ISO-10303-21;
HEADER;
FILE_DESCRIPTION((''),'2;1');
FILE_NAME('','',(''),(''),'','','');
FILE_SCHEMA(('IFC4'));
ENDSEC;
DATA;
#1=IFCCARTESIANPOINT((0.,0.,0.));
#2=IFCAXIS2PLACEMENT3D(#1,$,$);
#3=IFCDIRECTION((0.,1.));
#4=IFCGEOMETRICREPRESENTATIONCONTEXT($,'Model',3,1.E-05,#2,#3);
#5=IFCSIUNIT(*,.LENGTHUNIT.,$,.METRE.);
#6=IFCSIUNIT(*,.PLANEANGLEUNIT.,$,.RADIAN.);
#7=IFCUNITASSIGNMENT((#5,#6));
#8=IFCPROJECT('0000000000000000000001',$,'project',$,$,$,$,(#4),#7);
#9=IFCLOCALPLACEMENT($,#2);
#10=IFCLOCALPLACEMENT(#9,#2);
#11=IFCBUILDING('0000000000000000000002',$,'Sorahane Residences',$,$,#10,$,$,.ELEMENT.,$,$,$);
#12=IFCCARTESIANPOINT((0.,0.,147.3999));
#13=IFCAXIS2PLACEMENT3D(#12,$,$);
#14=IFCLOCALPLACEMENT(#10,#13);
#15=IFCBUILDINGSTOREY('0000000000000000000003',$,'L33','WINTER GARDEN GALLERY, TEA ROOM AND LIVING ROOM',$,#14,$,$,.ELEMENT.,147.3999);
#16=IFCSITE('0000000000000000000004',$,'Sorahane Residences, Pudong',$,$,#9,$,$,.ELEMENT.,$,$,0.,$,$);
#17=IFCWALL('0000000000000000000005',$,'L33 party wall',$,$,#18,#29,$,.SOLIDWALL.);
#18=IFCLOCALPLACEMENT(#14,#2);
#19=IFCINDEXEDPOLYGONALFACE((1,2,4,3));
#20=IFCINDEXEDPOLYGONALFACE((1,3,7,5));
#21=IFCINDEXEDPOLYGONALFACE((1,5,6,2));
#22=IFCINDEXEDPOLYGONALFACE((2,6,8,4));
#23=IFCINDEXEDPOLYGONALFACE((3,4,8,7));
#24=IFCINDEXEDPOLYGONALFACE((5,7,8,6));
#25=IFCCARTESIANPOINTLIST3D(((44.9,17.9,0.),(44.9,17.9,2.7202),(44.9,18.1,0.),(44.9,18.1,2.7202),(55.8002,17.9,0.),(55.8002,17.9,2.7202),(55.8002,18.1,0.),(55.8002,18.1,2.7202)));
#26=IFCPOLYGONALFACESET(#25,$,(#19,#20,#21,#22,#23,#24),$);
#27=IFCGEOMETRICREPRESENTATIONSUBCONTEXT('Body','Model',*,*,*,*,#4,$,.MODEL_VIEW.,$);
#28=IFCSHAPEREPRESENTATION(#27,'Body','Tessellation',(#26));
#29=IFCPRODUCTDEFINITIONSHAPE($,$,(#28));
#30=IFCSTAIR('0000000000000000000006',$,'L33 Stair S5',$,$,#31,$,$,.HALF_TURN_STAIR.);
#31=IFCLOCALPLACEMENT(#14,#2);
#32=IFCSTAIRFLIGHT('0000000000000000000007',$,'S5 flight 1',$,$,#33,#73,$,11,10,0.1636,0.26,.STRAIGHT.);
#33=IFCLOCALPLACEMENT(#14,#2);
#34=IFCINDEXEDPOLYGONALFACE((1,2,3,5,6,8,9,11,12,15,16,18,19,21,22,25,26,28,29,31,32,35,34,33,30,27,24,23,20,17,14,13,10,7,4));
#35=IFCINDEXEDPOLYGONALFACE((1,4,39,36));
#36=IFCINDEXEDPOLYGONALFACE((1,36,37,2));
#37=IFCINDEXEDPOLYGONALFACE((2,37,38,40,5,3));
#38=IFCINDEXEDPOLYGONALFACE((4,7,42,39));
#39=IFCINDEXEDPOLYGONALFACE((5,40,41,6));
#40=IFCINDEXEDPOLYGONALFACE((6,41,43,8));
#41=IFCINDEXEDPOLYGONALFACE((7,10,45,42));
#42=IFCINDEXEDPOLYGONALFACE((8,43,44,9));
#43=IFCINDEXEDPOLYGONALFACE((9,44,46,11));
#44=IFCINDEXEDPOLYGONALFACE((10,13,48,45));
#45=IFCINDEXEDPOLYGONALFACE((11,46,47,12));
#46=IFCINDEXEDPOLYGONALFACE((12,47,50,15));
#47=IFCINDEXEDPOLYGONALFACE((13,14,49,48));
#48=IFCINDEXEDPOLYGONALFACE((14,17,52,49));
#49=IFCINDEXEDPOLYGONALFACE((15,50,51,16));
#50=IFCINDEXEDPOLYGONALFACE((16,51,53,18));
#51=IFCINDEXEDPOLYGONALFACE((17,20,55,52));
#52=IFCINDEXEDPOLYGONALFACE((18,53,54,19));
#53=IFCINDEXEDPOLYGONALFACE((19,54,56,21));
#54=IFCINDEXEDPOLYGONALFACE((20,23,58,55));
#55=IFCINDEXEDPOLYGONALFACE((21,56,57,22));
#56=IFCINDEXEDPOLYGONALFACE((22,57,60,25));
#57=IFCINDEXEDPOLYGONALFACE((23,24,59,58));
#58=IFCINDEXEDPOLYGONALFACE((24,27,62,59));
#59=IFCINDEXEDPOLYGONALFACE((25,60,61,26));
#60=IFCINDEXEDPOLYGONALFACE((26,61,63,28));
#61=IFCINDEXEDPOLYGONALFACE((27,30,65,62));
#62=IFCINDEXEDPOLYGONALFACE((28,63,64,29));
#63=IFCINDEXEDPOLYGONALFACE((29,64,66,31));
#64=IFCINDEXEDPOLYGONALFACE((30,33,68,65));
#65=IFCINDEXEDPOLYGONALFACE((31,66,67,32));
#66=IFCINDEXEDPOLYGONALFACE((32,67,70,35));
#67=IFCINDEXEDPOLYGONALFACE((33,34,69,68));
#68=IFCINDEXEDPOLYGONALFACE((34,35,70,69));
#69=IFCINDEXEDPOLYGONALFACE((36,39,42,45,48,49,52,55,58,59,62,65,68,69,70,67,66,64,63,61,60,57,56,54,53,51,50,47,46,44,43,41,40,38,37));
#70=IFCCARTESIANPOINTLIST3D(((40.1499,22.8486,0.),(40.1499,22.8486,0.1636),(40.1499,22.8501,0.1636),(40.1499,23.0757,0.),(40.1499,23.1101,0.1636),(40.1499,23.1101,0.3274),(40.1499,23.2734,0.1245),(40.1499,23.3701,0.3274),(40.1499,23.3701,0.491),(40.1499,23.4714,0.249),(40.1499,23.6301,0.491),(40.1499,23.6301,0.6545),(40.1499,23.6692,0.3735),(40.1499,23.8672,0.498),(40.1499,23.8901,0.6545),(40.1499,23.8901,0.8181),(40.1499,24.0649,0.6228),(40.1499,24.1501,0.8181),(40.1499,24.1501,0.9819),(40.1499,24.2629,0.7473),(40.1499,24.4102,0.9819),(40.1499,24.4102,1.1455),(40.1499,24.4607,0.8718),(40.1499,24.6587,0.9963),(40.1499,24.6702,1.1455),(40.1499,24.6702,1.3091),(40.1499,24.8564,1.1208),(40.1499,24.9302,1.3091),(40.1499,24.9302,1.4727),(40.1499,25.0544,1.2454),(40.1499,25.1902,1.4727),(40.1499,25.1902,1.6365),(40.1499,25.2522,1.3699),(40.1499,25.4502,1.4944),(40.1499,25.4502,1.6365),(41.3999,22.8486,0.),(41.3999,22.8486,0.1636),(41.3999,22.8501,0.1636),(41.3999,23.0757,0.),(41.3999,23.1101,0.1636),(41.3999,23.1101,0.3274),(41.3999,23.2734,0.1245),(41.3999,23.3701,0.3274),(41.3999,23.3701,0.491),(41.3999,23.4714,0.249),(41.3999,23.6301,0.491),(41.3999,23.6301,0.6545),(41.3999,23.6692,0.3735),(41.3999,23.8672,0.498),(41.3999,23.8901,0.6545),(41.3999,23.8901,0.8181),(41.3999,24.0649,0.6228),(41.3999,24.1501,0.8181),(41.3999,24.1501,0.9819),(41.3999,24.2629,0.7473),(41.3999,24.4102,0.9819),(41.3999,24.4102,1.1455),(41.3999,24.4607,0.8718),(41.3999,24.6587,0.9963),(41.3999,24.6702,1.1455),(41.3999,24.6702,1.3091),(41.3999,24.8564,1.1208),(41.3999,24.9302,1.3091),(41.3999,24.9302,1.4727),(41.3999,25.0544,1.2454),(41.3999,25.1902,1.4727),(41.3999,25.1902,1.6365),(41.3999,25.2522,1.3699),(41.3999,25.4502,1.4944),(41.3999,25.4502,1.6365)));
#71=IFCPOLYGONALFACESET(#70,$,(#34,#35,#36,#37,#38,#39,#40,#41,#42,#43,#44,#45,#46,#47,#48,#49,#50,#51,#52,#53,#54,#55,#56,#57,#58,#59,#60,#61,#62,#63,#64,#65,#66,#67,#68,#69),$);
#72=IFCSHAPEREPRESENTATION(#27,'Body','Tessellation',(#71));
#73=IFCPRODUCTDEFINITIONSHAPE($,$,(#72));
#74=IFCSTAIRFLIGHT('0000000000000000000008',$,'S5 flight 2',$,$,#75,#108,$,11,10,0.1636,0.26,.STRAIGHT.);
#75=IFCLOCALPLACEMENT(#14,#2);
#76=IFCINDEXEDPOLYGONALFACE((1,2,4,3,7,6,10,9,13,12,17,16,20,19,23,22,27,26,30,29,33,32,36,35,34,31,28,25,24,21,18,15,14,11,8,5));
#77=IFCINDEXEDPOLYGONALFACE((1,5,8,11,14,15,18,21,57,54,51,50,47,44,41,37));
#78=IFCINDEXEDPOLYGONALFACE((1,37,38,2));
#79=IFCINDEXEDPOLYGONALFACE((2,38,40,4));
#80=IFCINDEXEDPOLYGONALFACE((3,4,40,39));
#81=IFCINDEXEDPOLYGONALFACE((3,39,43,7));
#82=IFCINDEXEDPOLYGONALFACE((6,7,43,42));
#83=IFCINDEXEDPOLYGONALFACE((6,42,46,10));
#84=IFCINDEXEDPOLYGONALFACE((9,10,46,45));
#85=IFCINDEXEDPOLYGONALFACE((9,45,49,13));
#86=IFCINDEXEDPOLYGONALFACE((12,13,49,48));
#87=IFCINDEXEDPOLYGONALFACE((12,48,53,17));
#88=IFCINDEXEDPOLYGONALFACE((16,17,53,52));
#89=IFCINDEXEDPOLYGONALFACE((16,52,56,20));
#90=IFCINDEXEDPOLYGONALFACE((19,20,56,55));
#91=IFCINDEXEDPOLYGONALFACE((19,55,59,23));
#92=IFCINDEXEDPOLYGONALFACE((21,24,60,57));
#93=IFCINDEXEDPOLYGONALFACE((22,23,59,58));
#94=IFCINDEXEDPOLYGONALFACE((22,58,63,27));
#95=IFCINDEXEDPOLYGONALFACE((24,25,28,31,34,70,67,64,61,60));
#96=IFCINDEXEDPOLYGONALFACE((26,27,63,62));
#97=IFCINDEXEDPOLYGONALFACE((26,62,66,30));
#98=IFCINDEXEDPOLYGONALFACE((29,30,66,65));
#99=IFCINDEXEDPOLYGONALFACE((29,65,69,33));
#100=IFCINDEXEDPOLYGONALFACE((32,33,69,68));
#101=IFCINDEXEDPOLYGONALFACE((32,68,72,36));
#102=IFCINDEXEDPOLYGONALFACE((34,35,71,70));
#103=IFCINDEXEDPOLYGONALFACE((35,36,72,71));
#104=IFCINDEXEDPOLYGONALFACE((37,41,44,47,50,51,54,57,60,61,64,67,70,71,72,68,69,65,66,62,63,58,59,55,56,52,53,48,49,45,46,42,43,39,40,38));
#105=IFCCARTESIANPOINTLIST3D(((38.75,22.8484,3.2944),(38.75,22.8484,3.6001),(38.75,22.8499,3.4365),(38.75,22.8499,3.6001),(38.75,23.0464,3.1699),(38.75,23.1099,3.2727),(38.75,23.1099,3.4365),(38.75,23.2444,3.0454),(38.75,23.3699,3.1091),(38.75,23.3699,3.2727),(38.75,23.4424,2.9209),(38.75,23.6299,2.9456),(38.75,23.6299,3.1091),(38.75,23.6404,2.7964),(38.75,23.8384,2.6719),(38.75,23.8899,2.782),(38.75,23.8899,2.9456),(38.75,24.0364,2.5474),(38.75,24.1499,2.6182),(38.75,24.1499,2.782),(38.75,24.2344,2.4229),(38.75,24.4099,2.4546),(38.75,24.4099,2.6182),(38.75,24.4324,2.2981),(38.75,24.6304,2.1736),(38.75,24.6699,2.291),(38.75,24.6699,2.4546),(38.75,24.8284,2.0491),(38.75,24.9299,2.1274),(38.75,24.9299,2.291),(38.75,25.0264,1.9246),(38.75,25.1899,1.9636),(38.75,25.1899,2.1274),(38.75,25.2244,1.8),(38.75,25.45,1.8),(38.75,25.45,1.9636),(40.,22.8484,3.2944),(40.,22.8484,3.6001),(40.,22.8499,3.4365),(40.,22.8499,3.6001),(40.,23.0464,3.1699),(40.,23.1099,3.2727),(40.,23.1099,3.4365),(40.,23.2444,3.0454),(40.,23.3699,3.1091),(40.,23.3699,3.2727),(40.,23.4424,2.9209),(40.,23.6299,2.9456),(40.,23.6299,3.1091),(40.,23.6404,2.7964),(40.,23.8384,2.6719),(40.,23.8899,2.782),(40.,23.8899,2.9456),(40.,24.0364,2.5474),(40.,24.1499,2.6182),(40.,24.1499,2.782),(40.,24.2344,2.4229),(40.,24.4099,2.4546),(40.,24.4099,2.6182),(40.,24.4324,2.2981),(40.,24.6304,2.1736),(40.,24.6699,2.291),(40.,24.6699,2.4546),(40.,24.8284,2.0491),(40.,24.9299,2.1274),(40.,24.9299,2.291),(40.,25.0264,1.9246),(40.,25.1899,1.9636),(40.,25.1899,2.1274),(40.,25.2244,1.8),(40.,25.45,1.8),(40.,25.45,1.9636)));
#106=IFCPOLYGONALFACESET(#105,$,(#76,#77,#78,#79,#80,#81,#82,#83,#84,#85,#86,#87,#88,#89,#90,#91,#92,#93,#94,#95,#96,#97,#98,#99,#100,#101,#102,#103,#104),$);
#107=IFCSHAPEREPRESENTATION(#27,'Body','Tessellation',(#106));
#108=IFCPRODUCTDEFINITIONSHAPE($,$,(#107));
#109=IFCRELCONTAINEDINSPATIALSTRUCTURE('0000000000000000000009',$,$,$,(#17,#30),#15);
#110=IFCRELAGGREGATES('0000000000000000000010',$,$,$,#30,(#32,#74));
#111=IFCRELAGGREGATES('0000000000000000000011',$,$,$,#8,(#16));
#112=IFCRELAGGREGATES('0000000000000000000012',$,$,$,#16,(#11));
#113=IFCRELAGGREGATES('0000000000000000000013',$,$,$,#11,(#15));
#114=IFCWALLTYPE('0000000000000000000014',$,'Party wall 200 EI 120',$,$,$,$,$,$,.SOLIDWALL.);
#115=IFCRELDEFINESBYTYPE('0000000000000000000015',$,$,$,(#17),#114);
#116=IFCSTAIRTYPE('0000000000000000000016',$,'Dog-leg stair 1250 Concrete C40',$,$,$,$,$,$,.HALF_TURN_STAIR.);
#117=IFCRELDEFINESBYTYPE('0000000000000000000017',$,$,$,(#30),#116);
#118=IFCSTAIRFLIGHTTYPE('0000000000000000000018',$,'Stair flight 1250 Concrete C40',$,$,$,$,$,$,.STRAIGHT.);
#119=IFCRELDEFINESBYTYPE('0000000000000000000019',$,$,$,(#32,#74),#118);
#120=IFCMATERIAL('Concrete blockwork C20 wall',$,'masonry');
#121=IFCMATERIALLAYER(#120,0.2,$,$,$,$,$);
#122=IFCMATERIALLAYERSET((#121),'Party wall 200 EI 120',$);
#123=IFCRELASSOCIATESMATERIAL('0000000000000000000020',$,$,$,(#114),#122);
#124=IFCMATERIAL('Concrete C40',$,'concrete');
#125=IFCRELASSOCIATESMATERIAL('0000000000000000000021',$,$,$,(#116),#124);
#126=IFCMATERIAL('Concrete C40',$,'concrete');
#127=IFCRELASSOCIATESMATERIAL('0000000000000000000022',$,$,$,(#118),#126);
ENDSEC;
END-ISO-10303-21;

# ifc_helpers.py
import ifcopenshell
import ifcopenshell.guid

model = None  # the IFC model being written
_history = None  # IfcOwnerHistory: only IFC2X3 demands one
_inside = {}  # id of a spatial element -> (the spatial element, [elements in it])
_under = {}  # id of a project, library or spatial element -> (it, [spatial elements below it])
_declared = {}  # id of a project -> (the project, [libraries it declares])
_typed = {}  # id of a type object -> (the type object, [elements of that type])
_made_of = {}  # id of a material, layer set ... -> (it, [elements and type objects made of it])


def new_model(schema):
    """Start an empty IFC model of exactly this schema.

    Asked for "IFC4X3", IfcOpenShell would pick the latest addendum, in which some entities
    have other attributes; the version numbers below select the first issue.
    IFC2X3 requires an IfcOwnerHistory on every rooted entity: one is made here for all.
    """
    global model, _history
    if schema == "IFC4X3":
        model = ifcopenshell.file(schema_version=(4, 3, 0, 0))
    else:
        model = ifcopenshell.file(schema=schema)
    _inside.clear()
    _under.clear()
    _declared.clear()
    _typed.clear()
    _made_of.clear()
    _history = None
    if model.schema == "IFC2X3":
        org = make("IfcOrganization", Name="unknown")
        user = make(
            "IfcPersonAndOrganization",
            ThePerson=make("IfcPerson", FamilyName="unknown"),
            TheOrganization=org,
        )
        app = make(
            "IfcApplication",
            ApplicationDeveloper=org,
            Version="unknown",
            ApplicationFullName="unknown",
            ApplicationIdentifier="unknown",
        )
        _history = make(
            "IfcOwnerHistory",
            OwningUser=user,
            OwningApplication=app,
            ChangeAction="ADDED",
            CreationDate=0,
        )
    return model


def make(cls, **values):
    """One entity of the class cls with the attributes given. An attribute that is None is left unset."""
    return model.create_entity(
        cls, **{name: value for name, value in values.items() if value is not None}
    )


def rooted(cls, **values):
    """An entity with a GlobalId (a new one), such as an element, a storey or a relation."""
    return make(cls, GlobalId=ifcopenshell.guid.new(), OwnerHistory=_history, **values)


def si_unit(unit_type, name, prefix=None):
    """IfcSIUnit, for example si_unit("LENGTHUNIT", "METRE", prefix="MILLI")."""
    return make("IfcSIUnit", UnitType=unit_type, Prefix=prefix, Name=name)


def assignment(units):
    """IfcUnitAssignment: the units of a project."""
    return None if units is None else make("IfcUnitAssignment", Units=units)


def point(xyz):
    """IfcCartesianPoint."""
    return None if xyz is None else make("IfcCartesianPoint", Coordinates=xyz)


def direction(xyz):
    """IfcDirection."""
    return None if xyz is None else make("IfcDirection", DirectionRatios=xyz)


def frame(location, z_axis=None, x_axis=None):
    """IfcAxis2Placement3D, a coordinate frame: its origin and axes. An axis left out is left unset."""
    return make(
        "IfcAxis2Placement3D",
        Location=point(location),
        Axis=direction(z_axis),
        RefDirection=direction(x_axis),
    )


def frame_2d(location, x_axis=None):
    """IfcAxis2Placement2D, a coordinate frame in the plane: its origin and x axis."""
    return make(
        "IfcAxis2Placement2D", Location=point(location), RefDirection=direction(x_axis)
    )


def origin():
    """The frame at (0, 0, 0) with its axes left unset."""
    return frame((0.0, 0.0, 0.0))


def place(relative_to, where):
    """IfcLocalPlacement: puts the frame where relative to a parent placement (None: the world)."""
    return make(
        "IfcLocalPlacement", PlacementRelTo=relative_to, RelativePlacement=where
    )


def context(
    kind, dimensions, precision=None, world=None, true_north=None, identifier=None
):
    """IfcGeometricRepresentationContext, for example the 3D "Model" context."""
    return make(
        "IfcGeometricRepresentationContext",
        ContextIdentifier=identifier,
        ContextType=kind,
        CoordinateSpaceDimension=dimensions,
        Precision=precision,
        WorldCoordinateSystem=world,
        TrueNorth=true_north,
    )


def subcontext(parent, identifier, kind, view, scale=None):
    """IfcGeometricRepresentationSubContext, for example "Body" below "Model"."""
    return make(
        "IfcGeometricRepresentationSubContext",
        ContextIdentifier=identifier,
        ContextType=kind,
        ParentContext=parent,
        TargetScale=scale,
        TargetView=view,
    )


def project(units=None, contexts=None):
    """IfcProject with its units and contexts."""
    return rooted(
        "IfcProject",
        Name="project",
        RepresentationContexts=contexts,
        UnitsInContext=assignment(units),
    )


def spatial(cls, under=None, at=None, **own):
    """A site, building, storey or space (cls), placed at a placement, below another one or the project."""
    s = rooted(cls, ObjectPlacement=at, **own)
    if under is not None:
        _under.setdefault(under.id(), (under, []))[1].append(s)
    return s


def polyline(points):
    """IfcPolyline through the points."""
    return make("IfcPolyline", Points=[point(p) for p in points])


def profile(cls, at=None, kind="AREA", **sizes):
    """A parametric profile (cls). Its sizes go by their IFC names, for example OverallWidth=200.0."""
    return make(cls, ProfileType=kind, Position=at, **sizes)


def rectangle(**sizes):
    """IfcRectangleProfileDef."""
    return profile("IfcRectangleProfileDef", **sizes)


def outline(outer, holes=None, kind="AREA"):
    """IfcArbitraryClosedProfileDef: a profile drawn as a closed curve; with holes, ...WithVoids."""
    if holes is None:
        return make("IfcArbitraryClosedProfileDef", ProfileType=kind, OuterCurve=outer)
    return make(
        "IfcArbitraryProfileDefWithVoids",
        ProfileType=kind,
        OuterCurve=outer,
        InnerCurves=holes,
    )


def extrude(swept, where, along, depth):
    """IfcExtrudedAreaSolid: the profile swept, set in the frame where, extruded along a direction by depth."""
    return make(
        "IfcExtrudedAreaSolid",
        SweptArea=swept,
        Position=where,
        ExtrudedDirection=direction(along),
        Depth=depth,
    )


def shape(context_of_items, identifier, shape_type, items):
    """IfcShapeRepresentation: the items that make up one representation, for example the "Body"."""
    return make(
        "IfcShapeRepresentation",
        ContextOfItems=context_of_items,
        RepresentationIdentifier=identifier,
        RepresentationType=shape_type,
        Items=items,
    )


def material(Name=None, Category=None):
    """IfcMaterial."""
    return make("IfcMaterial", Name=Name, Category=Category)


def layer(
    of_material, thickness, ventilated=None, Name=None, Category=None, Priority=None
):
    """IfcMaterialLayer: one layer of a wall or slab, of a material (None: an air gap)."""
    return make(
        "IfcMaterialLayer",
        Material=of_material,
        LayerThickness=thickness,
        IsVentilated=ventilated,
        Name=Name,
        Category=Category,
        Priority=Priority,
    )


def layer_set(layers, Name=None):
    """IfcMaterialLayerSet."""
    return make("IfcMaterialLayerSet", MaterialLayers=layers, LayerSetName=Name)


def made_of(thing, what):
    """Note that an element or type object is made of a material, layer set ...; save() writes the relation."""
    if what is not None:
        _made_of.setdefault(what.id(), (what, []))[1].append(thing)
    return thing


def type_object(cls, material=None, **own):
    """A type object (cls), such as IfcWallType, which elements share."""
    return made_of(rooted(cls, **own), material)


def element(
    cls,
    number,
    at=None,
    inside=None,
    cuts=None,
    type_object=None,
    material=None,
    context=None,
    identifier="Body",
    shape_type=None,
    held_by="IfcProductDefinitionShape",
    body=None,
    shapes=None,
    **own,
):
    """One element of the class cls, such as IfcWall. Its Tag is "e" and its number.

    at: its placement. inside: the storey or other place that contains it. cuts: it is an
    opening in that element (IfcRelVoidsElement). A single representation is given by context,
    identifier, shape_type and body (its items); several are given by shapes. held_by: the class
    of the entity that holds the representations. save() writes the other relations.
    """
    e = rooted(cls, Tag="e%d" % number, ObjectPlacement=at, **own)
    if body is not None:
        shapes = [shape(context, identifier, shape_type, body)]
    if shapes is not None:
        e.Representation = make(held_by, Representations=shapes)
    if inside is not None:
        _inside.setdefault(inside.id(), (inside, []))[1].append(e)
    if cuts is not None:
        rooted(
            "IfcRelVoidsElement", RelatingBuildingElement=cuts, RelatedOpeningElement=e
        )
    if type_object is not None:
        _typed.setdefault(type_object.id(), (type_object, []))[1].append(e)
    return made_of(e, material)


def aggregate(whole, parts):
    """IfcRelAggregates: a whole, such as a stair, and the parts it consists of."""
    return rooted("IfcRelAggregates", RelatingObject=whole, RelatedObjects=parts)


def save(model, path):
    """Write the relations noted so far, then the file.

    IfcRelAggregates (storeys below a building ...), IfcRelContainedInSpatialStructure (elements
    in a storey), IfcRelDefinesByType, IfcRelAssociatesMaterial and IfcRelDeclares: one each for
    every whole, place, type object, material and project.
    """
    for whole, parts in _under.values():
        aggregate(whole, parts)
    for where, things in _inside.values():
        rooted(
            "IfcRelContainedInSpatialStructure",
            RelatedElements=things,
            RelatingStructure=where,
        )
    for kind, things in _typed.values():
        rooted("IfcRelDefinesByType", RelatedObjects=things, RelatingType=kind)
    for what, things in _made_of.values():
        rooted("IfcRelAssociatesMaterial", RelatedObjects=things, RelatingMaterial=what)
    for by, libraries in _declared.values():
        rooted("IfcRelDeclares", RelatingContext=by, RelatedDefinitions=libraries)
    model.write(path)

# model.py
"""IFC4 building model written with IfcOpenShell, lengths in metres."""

from ifc_helpers import new_model, si_unit, direction, frame, frame_2d, origin, place, context, subcontext, project, spatial, polyline, rectangle, outline, extrude, material, layer, layer_set, type_object, element, aggregate, save


model = new_model("IFC4")

# Units and contexts
model_context = context("Model", 3, precision=1e-05, world=origin(), true_north=direction((0.0, 1.0)))
body_context = subcontext(model_context, "Body", "Model", "MODEL_VIEW")
ifc_project = project(units=[si_unit("LENGTHUNIT", "METRE"), si_unit("PLANEANGLEUNIT", "RADIAN")], contexts=[model_context])

# Site, building, storey
site_placement = place(None, origin())
site = spatial("IfcSite", under=ifc_project, at=site_placement, Name="Sorahane Residences, Pudong", CompositionType="ELEMENT", RefElevation=0.0)
building_placement = place(site_placement, origin())
building = spatial("IfcBuilding", under=site, at=building_placement, Name="Sorahane Residences", CompositionType="ELEMENT")
storey_placement = place(building_placement, frame((0.0, 0.0, 147.3999)))
storey = spatial("IfcBuildingStorey", under=building, at=storey_placement, Name="L33", Description="WINTER GARDEN GALLERY, TEA ROOM AND LIVING ROOM", CompositionType="ELEMENT", Elevation=147.3999)

# Wall
ifc_material_1 = material(Name="Concrete blockwork C20 wall", Category="masonry")
ifc_layer_1 = layer(ifc_material_1, 0.2)
ifc_layer_set_1 = layer_set([ifc_layer_1], Name="Party wall 200 EI 120")
wall_type_1 = type_object("IfcWallType", Name="Party wall 200 EI 120", PredefinedType="SOLIDWALL", material=ifc_layer_set_1)
wall_1_placement = place(storey_placement, frame((44.8999, 18.0, 0.0), z_axis=(0.0, 0.0, 1.0), x_axis=(1.0, 0.0, 0.0)))
element("IfcWall", 1, at=wall_1_placement, inside=storey, type_object=wall_type_1, Name="L33 party wall", PredefinedType="SOLIDWALL", context=body_context, shape_type="SweptSolid", body=[
    extrude(rectangle(XDim=10.9001, YDim=0.2, at=frame_2d((5.4502, 0.0))), origin(), (0.0, 0.0, 1.0), 2.7202),
])

# Stair, stair flights
ifc_material_2 = material(Name="Concrete C40", Category="concrete")
stair_type = type_object("IfcStairType", Name="Dog-leg stair 1250 Concrete C40", PredefinedType="HALF_TURN_STAIR", material=ifc_material_2)
stair_placement = place(storey_placement, origin())
stair = element("IfcStair", 2, at=stair_placement, inside=storey, type_object=stair_type, Name="L33 Stair S5", PredefinedType="HALF_TURN_STAIR")
ifc_material_3 = material(Name="Concrete C40", Category="concrete")
stair_flight_type = type_object("IfcStairFlightType", Name="Stair flight 1250 Concrete C40", PredefinedType="STRAIGHT", material=ifc_material_3)
stair_flight_1_placement = place(storey_placement, frame((40.7749, 22.8501, 0.0), z_axis=(0.0, 0.0, 1.0), x_axis=(0.0, 1.0, 0.0)))
stair_flight_1 = element("IfcStairFlight", 3, at=stair_flight_1_placement, type_object=stair_flight_type, Name="S5 flight 1", NumberOfRisers=11, NumberOfTreads=10, PredefinedType="STRAIGHT", RiserHeight=0.1636, TreadLength=0.26, context=body_context, shape_type="SweptSolid", body=[
    extrude(outline(polyline([(-0.0015, 0.0), (-0.0015, 0.1636), (0.0, 0.1636), (0.26, 0.1636), (0.26, 0.3274), (0.52, 0.3274), (0.52, 0.491), (0.78, 0.491), (0.78, 0.6545), (1.04, 0.6545), (1.04, 0.8181), (1.3, 0.8181), (1.3, 0.9819), (1.5601, 0.9819), (1.5601, 1.1455), (1.8201, 1.1455), (1.8201, 1.3091), (2.0801, 1.3091), (2.0801, 1.4727), (2.3401, 1.4727), (2.3401, 1.6365), (2.6001, 1.6365), (2.6001, 1.8), (2.6001, 1.4944), (2.4021, 1.3699), (2.2043, 1.2454), (2.0063, 1.1208), (1.8086, 0.9963), (1.6106, 0.8718), (1.4128, 0.7473), (1.2148, 0.6228), (1.0171, 0.498), (0.8191, 0.3735), (0.6213, 0.249), (0.4233, 0.1245), (0.2256, 0.0), (-0.0015, 0.0)])), frame((0.0, 0.625, 0.0), z_axis=(0.0, -1.0, 0.0), x_axis=(1.0, 0.0, 0.0)), (0.0, 0.0, 1.0), 1.25),
])
stair_flight_2_placement = place(storey_placement, frame((39.375, 25.45, 1.8), z_axis=(0.0, 0.0, 1.0), x_axis=(0.0, -1.0, 0.0)))
stair_flight_2 = element("IfcStairFlight", 4, at=stair_flight_2_placement, type_object=stair_flight_type, Name="S5 flight 2", NumberOfRisers=11, NumberOfTreads=10, PredefinedType="STRAIGHT", RiserHeight=0.1636, TreadLength=0.26, context=body_context, shape_type="SweptSolid", body=[
    extrude(outline(polyline([(0.0, 0.0), (0.0, 0.1636), (0.26, 0.1636), (0.26, 0.3274), (0.52, 0.3274), (0.52, 0.491), (0.78, 0.491), (0.78, 0.6545), (1.04, 0.6545), (1.04, 0.8181), (1.3, 0.8181), (1.3, 0.9819), (1.5601, 0.9819), (1.5601, 1.1455), (1.8201, 1.1455), (1.8201, 1.3091), (2.0801, 1.3091), (2.0801, 1.4727), (2.3401, 1.4727), (2.3401, 1.6365), (2.6001, 1.6365), (2.6001, 1.8), (2.6016, 1.8), (2.6016, 1.4944), (2.4036, 1.3699), (2.2056, 1.2454), (2.0076, 1.1208), (1.8096, 0.9963), (1.6116, 0.8718), (1.4136, 0.7473), (1.2156, 0.6228), (1.0176, 0.498), (0.8196, 0.3735), (0.6216, 0.249), (0.4236, 0.1245), (0.2256, 0.0), (0.0, 0.0)])), frame((0.0, 0.625, 0.0), z_axis=(0.0, -1.0, 0.0), x_axis=(1.0, 0.0, 0.0)), (0.0, 0.0, 1.0), 1.25),
])
aggregate(stair, [stair_flight_1, stair_flight_2])

save(model, "model.ifc")
